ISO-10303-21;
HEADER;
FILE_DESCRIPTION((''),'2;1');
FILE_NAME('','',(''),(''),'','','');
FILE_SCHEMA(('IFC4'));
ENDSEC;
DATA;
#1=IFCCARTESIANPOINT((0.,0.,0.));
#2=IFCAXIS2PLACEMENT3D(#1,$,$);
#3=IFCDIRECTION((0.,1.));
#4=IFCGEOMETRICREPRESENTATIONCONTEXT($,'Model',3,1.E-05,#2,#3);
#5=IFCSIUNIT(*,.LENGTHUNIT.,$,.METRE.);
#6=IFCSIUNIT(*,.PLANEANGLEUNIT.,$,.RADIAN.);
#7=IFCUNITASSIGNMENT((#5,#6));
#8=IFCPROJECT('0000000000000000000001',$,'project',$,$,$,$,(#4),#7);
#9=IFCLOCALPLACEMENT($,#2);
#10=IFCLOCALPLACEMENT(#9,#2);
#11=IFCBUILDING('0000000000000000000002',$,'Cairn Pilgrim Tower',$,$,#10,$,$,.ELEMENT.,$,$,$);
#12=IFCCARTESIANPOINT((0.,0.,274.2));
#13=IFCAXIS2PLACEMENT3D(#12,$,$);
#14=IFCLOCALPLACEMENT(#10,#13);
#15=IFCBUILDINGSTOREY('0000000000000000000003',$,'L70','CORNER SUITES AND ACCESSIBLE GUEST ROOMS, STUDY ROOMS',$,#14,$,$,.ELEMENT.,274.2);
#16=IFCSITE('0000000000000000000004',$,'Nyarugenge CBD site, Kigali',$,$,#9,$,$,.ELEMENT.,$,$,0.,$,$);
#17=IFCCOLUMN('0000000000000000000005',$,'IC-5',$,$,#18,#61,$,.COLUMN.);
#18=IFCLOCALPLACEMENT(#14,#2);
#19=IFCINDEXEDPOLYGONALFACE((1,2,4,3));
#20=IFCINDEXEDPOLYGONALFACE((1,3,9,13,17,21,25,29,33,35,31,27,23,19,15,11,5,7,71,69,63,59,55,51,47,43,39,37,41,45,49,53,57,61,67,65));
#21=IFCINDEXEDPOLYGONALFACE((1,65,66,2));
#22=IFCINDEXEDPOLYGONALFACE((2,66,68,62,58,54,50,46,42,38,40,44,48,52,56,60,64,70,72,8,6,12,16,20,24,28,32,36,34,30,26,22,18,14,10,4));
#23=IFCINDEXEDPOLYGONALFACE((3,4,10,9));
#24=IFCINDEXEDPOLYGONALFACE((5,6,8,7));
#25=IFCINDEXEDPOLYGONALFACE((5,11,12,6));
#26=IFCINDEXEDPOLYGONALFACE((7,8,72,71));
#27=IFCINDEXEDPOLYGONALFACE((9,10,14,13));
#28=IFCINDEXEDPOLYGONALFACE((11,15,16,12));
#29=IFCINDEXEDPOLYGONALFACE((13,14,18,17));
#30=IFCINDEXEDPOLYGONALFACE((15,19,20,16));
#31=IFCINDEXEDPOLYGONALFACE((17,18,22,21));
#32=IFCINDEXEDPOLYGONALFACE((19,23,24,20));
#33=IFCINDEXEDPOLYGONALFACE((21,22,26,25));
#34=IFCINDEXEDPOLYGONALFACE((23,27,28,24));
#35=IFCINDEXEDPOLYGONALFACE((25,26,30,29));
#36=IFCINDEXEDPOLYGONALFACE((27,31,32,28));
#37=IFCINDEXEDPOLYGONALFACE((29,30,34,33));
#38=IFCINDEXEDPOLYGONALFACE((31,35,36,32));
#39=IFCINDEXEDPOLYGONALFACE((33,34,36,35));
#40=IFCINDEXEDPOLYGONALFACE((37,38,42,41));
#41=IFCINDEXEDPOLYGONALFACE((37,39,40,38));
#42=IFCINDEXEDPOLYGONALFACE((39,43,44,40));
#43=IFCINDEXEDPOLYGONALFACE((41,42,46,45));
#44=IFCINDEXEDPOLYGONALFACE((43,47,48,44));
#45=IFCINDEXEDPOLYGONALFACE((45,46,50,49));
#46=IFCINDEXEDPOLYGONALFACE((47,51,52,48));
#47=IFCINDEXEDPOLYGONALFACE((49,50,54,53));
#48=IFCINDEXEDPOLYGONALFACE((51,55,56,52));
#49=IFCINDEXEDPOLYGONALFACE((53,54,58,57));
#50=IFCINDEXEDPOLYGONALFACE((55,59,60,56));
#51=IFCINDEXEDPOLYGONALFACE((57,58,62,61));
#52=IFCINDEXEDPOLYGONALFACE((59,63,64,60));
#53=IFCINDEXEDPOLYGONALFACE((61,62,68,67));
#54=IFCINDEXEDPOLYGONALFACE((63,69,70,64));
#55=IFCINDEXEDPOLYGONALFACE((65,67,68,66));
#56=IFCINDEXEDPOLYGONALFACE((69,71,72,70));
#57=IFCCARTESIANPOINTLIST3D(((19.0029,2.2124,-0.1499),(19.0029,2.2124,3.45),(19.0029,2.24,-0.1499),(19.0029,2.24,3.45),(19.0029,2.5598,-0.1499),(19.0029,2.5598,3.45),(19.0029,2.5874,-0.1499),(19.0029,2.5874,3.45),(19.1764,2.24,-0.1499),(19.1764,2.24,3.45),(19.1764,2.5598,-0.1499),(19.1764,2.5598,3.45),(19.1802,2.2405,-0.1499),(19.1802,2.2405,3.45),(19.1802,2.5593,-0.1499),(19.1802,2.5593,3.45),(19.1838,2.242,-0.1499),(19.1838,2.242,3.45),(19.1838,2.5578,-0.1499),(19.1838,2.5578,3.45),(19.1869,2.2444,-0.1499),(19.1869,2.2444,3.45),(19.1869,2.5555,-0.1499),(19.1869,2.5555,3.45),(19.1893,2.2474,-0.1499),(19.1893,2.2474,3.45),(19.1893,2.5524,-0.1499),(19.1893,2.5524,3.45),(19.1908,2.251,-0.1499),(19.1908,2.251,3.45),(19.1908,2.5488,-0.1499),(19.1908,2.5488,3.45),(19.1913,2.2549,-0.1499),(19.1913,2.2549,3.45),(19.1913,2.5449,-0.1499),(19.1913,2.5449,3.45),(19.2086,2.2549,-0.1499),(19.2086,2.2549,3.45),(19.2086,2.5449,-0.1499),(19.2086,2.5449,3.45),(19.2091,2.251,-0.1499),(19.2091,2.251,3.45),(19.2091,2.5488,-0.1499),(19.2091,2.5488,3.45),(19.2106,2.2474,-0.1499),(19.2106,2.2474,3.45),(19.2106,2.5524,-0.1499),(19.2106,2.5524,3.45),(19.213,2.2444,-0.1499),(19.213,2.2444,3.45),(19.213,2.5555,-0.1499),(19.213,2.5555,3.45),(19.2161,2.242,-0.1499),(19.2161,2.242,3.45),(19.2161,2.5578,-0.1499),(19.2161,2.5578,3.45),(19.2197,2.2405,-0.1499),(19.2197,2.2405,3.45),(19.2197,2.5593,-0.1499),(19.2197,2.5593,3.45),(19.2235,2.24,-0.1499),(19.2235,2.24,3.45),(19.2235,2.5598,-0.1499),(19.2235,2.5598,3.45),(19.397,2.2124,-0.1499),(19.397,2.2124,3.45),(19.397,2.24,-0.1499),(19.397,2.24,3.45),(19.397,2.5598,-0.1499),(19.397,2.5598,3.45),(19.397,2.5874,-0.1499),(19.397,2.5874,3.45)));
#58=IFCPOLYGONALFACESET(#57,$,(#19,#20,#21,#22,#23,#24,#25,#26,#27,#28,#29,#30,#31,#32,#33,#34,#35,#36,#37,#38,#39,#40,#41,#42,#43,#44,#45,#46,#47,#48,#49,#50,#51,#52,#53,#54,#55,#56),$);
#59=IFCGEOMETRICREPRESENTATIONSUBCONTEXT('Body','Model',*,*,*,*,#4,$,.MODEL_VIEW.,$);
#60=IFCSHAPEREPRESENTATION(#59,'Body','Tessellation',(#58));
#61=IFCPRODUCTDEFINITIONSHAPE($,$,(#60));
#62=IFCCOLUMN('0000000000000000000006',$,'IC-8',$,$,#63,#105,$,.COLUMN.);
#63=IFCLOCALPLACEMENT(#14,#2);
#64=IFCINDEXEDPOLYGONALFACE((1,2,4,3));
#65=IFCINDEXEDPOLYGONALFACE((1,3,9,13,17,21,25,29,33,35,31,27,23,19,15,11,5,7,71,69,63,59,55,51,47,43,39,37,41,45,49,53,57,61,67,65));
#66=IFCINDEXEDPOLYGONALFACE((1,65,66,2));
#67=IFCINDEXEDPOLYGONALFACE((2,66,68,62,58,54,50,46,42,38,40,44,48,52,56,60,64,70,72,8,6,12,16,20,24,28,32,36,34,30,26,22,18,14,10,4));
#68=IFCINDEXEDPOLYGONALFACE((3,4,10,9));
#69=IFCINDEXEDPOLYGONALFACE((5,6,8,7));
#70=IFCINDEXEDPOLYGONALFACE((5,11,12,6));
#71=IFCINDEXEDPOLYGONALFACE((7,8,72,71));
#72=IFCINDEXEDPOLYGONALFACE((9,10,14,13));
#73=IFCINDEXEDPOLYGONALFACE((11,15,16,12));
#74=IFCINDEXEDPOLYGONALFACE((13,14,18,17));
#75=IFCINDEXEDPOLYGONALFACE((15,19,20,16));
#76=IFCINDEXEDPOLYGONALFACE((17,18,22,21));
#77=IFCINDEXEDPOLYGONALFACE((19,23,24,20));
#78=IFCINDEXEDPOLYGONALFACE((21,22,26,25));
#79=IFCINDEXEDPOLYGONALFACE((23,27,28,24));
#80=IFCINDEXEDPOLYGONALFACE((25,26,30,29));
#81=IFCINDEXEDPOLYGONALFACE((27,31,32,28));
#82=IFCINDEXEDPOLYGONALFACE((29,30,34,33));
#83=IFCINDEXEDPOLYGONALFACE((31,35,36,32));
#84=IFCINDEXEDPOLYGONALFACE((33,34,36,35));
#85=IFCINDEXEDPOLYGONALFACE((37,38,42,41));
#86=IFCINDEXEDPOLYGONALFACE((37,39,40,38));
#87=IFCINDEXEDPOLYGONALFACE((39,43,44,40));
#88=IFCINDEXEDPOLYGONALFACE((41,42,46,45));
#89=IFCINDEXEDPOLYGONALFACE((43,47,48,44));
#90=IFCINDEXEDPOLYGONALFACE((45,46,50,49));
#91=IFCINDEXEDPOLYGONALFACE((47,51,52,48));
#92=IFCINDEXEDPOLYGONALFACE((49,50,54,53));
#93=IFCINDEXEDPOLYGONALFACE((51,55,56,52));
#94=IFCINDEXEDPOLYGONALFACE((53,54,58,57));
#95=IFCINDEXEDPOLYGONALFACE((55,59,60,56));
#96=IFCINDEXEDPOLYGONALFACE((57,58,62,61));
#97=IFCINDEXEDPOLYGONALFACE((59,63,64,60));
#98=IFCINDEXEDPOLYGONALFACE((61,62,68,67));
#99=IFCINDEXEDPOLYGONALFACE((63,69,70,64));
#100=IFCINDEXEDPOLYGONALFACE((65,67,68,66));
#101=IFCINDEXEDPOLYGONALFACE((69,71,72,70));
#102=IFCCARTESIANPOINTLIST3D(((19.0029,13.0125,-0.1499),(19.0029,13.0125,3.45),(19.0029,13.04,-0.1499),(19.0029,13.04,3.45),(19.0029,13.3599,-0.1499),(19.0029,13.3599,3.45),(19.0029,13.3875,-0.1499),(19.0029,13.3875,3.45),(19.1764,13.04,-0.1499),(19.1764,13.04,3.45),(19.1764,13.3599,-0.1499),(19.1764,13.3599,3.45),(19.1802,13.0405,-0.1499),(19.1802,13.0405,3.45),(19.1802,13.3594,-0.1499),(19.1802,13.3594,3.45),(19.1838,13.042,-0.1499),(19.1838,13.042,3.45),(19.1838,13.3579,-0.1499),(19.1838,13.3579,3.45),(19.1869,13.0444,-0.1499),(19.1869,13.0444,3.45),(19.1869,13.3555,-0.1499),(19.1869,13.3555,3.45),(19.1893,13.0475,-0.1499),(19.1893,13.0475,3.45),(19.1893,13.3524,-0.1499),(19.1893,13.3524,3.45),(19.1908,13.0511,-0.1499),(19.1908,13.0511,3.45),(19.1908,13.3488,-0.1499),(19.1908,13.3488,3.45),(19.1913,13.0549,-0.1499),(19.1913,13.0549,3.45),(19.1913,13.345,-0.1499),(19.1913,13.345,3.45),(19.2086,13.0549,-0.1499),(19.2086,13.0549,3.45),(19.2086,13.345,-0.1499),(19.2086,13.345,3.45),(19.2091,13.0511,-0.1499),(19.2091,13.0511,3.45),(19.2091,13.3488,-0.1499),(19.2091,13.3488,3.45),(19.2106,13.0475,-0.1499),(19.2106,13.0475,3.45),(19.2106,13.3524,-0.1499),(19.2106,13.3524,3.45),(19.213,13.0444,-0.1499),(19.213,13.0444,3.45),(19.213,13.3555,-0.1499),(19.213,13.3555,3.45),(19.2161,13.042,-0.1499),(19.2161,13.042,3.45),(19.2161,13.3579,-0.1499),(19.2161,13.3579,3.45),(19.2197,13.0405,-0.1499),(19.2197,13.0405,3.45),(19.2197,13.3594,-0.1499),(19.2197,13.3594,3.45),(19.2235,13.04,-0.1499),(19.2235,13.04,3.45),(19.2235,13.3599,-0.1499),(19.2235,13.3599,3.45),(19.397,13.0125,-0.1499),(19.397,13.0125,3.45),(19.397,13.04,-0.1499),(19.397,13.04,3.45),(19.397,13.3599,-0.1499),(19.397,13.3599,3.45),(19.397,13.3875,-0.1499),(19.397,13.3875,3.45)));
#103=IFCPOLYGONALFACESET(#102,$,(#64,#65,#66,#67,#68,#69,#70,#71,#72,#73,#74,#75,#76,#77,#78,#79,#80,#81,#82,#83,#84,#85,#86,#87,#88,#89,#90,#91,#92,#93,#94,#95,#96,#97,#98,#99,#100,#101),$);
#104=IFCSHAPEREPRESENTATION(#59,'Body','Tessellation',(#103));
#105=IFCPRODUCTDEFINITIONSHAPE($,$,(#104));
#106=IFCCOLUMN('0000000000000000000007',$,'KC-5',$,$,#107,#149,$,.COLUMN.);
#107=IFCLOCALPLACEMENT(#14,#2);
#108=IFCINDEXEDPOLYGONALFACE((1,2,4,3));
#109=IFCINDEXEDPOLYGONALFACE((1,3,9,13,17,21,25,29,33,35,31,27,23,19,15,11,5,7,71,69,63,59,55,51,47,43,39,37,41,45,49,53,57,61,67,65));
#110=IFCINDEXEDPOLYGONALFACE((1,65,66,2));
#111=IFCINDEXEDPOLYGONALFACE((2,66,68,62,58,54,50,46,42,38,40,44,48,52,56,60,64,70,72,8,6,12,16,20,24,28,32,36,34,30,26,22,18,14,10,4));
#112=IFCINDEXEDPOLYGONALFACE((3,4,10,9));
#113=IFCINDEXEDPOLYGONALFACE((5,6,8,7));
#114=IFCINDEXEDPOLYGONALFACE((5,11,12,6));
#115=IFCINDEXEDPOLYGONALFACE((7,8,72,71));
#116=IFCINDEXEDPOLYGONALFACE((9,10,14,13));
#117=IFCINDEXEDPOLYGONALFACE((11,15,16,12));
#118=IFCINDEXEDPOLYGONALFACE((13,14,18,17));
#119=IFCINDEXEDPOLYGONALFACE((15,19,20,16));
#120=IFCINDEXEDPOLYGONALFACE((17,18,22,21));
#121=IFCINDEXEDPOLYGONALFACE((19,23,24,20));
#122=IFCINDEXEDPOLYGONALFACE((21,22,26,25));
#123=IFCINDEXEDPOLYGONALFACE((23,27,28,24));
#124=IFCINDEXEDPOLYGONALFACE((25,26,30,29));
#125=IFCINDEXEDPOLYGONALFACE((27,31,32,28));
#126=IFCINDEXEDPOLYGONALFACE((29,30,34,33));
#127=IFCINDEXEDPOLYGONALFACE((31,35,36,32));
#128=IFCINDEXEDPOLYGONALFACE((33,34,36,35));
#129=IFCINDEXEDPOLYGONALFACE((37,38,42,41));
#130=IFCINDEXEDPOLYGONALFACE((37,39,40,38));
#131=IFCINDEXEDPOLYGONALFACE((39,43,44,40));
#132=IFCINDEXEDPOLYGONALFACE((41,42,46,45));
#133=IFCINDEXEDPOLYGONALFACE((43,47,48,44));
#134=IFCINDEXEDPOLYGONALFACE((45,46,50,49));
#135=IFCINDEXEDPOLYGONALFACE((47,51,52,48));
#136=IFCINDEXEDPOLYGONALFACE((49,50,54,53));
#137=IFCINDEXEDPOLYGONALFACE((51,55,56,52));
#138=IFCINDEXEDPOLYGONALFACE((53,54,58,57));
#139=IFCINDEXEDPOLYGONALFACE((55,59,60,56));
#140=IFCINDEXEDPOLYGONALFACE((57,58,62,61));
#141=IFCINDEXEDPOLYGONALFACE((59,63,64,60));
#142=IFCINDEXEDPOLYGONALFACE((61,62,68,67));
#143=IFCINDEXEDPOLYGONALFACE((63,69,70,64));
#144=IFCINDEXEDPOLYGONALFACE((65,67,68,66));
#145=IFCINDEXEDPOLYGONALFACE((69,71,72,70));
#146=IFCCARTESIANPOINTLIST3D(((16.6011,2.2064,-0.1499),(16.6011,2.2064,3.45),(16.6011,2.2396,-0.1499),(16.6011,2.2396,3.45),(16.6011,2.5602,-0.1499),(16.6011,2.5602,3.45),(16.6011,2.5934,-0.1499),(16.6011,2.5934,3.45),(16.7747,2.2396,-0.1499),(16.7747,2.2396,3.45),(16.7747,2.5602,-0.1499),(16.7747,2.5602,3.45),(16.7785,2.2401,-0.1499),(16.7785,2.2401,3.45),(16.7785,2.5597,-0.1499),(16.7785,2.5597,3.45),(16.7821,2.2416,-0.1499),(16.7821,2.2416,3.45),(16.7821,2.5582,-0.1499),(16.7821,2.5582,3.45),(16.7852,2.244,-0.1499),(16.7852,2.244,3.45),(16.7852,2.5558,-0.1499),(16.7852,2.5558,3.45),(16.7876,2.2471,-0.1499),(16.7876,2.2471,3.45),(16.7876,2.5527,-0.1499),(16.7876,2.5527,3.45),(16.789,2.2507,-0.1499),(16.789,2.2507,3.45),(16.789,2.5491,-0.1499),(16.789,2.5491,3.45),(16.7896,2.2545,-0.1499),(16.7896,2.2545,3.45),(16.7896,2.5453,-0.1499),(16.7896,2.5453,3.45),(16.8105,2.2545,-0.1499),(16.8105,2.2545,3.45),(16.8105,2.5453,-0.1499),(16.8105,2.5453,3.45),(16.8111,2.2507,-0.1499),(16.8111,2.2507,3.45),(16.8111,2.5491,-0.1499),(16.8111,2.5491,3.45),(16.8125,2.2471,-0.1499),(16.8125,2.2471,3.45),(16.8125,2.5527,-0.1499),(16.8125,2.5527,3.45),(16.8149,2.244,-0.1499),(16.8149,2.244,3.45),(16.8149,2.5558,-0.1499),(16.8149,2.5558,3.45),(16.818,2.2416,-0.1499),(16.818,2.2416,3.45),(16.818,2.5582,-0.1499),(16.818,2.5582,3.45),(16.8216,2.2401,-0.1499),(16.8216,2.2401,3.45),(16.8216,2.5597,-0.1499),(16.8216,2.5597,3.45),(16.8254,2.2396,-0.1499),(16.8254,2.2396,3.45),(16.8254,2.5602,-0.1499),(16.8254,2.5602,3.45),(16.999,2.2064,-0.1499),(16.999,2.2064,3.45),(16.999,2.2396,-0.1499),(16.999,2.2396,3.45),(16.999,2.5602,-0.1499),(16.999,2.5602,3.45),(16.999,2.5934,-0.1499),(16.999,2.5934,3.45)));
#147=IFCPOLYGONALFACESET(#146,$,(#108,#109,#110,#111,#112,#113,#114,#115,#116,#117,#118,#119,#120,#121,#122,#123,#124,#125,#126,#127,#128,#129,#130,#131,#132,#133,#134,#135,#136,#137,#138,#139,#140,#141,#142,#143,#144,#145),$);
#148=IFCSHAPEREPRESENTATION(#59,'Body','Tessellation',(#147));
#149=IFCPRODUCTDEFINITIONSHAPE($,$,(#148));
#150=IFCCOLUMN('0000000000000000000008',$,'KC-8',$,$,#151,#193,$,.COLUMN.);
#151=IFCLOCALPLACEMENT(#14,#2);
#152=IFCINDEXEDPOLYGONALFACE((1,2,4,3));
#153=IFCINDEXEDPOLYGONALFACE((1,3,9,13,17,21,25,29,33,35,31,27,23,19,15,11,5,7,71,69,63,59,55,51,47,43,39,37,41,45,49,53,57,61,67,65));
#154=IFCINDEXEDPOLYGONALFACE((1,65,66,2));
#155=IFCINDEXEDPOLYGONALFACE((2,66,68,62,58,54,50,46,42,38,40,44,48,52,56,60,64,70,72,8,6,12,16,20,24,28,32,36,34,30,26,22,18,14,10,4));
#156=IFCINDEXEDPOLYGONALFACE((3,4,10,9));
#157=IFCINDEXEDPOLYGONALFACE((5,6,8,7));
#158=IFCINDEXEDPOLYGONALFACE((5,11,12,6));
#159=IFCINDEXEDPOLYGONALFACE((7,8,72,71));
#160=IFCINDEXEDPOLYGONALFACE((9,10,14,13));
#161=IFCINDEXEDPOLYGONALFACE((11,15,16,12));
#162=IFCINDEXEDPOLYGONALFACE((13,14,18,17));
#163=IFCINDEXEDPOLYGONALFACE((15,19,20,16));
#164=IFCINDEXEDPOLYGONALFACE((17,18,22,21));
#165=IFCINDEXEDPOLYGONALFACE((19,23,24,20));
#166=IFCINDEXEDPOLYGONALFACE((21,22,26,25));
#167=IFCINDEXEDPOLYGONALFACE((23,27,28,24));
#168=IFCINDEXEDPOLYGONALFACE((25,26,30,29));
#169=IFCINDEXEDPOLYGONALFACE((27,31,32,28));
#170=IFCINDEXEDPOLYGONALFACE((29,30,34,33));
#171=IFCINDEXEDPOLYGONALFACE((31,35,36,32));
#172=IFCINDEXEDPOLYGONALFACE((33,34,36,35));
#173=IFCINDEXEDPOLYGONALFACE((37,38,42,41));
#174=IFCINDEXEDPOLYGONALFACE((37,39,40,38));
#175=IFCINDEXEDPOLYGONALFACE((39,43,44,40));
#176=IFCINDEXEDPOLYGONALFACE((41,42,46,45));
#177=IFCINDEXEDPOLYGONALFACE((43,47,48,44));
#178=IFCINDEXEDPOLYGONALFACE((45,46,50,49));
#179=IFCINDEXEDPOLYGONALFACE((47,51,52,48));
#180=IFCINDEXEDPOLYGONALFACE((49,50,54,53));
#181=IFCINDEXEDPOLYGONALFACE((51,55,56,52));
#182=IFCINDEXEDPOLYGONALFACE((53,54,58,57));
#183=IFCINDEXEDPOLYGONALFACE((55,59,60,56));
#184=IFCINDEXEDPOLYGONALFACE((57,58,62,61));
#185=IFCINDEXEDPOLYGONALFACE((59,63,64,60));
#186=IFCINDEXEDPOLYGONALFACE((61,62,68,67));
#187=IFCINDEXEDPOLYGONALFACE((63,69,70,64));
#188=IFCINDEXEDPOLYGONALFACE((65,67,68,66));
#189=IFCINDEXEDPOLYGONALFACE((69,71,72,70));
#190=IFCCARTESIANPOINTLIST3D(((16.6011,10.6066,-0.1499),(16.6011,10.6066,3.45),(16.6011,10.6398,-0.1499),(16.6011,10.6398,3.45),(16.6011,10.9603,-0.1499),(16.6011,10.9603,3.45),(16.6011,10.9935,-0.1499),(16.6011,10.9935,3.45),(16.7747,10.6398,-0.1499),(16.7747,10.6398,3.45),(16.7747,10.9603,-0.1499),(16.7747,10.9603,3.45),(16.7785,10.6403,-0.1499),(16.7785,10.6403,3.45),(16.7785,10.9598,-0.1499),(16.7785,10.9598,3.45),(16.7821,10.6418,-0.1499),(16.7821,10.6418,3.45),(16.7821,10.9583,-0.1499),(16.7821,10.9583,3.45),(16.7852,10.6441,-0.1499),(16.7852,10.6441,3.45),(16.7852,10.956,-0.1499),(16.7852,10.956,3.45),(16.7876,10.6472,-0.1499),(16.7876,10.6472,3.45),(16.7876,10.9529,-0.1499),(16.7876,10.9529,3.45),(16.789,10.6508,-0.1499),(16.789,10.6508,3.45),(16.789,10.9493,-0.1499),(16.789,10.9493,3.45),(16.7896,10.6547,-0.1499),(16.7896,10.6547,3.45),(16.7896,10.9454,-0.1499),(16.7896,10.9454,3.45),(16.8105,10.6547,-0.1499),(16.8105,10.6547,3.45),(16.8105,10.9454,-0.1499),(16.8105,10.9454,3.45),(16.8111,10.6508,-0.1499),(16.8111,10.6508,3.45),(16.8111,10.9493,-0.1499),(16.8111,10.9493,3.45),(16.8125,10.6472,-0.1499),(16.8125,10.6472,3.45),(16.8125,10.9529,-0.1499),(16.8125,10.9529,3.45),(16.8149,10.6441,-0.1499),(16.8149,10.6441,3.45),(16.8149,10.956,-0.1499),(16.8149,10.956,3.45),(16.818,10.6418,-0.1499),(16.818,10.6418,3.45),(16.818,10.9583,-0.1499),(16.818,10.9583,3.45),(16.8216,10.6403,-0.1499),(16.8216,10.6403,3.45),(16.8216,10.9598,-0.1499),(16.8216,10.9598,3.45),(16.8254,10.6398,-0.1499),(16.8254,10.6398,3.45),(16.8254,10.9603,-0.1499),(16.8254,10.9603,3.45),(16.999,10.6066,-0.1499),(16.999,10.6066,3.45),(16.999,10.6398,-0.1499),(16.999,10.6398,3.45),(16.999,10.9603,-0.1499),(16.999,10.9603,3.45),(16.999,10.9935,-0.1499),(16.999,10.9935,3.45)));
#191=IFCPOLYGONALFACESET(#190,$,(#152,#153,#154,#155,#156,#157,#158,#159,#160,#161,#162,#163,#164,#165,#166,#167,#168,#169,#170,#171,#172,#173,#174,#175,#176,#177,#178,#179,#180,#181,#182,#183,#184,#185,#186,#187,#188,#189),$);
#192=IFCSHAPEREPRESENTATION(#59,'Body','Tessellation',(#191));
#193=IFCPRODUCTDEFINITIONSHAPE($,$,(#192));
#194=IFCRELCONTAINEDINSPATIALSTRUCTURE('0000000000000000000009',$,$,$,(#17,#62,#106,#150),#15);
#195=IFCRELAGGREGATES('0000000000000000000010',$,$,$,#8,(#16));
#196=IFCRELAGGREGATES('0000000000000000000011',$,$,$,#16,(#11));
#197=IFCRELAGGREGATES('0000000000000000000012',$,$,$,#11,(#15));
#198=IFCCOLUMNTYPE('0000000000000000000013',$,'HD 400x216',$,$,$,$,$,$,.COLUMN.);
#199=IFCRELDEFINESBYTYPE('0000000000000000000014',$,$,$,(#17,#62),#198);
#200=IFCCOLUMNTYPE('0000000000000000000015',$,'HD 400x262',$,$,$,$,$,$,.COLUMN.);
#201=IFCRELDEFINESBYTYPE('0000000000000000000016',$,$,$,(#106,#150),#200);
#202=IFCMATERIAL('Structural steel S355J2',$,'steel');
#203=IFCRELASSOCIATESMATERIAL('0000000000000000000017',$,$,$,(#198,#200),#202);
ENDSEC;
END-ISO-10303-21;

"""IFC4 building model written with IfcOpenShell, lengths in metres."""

from ifc_helpers import new_model, si_unit, direction, frame, origin, origin_2d, place, context, subcontext, project, spatial, i_section, extrude, material, material_profile, profile_set, type_object, element, save


model = new_model("IFC4")

# Units and contexts
model_context = context("Model", 3, precision=1e-05, world=origin(), true_north=direction((0.0, 1.0)))
body_context = subcontext(model_context, "Body", "Model", "MODEL_VIEW")
ifc_project = project(units=[si_unit("LENGTHUNIT", "METRE"), si_unit("PLANEANGLEUNIT", "RADIAN")], contexts=[model_context])

# Site, building, storey
site_placement = place(None, origin())
site = spatial("IfcSite", under=ifc_project, at=site_placement, Name="Nyarugenge CBD site, Kigali", CompositionType="ELEMENT", RefElevation=0.0)
building_placement = place(site_placement, origin())
building = spatial("IfcBuilding", under=site, at=building_placement, Name="Cairn Pilgrim Tower", CompositionType="ELEMENT")
storey_placement = place(building_placement, frame((0.0, 0.0, 274.2)))
storey = spatial("IfcBuildingStorey", under=building, at=storey_placement, Name="L70", Description="CORNER SUITES AND ACCESSIBLE GUEST ROOMS, STUDY ROOMS", CompositionType="ELEMENT", Elevation=274.2)

# Columns
ifc_material_1 = material(Name="Structural steel S355J2", Category="steel")
ifc_material_profile_1 = material_profile(ifc_material_1, i_section(OverallWidth=0.394, OverallDepth=0.375, WebThickness=0.0173, FlangeThickness=0.0276, FilletRadius=0.0149, at=origin_2d()), Name="HD 400x216")
ifc_profile_set_1 = profile_set([ifc_material_profile_1], Name="Structural steel S355J2")
column_type_1 = type_object("IfcColumnType", Name="HD 400x216", PredefinedType="COLUMN", material=ifc_profile_set_1)
for number, where, z_axis, x_axis, name in (
    (1, (19.2, 2.3999, -0.1499), (0.0, 0.0, 1.0), (1.0, 0.0, 0.0), "IC-5"),
    (2, (19.2, 13.2, -0.1499), (0.0, 0.0, 1.0), (1.0, 0.0, 0.0), "IC-8"),
):
    element("IfcColumn", number, at=place(storey_placement, frame(where, z_axis=z_axis, x_axis=x_axis)), inside=storey, type_object=column_type_1, Name=name, PredefinedType="COLUMN", context=body_context, shape_type="SweptSolid", body=[
        extrude(i_section(OverallWidth=0.394, OverallDepth=0.375, WebThickness=0.0173, FlangeThickness=0.0276, FilletRadius=0.0149, at=origin_2d()), origin(), (0.0, 0.0, 1.0), 3.5999),
    ])
ifc_material_profile_2 = material_profile(ifc_material_1, i_section(OverallWidth=0.3979, OverallDepth=0.387, WebThickness=0.021, FlangeThickness=0.0332, FilletRadius=0.0149, at=origin_2d()), Name="HD 400x262")
ifc_profile_set_2 = profile_set([ifc_material_profile_2], Name="Structural steel S355J2")
column_type_2 = type_object("IfcColumnType", Name="HD 400x262", PredefinedType="COLUMN", material=ifc_profile_set_2)
for number, where, z_axis, x_axis, name in (
    (3, (16.8, 2.3999, -0.1499), (0.0, 0.0, 1.0), (1.0, 0.0, 0.0), "KC-5"),
    (4, (16.8, 10.8, -0.1499), (0.0, 0.0, 1.0), (1.0, 0.0, 0.0), "KC-8"),
):
    element("IfcColumn", number, at=place(storey_placement, frame(where, z_axis=z_axis, x_axis=x_axis)), inside=storey, type_object=column_type_2, Name=name, PredefinedType="COLUMN", context=body_context, shape_type="SweptSolid", body=[
        extrude(i_section(OverallWidth=0.3979, OverallDepth=0.387, WebThickness=0.021, FlangeThickness=0.0332, FilletRadius=0.0149, at=origin_2d()), origin(), (0.0, 0.0, 1.0), 3.5999),
    ])

save(model, "model.ifc")
